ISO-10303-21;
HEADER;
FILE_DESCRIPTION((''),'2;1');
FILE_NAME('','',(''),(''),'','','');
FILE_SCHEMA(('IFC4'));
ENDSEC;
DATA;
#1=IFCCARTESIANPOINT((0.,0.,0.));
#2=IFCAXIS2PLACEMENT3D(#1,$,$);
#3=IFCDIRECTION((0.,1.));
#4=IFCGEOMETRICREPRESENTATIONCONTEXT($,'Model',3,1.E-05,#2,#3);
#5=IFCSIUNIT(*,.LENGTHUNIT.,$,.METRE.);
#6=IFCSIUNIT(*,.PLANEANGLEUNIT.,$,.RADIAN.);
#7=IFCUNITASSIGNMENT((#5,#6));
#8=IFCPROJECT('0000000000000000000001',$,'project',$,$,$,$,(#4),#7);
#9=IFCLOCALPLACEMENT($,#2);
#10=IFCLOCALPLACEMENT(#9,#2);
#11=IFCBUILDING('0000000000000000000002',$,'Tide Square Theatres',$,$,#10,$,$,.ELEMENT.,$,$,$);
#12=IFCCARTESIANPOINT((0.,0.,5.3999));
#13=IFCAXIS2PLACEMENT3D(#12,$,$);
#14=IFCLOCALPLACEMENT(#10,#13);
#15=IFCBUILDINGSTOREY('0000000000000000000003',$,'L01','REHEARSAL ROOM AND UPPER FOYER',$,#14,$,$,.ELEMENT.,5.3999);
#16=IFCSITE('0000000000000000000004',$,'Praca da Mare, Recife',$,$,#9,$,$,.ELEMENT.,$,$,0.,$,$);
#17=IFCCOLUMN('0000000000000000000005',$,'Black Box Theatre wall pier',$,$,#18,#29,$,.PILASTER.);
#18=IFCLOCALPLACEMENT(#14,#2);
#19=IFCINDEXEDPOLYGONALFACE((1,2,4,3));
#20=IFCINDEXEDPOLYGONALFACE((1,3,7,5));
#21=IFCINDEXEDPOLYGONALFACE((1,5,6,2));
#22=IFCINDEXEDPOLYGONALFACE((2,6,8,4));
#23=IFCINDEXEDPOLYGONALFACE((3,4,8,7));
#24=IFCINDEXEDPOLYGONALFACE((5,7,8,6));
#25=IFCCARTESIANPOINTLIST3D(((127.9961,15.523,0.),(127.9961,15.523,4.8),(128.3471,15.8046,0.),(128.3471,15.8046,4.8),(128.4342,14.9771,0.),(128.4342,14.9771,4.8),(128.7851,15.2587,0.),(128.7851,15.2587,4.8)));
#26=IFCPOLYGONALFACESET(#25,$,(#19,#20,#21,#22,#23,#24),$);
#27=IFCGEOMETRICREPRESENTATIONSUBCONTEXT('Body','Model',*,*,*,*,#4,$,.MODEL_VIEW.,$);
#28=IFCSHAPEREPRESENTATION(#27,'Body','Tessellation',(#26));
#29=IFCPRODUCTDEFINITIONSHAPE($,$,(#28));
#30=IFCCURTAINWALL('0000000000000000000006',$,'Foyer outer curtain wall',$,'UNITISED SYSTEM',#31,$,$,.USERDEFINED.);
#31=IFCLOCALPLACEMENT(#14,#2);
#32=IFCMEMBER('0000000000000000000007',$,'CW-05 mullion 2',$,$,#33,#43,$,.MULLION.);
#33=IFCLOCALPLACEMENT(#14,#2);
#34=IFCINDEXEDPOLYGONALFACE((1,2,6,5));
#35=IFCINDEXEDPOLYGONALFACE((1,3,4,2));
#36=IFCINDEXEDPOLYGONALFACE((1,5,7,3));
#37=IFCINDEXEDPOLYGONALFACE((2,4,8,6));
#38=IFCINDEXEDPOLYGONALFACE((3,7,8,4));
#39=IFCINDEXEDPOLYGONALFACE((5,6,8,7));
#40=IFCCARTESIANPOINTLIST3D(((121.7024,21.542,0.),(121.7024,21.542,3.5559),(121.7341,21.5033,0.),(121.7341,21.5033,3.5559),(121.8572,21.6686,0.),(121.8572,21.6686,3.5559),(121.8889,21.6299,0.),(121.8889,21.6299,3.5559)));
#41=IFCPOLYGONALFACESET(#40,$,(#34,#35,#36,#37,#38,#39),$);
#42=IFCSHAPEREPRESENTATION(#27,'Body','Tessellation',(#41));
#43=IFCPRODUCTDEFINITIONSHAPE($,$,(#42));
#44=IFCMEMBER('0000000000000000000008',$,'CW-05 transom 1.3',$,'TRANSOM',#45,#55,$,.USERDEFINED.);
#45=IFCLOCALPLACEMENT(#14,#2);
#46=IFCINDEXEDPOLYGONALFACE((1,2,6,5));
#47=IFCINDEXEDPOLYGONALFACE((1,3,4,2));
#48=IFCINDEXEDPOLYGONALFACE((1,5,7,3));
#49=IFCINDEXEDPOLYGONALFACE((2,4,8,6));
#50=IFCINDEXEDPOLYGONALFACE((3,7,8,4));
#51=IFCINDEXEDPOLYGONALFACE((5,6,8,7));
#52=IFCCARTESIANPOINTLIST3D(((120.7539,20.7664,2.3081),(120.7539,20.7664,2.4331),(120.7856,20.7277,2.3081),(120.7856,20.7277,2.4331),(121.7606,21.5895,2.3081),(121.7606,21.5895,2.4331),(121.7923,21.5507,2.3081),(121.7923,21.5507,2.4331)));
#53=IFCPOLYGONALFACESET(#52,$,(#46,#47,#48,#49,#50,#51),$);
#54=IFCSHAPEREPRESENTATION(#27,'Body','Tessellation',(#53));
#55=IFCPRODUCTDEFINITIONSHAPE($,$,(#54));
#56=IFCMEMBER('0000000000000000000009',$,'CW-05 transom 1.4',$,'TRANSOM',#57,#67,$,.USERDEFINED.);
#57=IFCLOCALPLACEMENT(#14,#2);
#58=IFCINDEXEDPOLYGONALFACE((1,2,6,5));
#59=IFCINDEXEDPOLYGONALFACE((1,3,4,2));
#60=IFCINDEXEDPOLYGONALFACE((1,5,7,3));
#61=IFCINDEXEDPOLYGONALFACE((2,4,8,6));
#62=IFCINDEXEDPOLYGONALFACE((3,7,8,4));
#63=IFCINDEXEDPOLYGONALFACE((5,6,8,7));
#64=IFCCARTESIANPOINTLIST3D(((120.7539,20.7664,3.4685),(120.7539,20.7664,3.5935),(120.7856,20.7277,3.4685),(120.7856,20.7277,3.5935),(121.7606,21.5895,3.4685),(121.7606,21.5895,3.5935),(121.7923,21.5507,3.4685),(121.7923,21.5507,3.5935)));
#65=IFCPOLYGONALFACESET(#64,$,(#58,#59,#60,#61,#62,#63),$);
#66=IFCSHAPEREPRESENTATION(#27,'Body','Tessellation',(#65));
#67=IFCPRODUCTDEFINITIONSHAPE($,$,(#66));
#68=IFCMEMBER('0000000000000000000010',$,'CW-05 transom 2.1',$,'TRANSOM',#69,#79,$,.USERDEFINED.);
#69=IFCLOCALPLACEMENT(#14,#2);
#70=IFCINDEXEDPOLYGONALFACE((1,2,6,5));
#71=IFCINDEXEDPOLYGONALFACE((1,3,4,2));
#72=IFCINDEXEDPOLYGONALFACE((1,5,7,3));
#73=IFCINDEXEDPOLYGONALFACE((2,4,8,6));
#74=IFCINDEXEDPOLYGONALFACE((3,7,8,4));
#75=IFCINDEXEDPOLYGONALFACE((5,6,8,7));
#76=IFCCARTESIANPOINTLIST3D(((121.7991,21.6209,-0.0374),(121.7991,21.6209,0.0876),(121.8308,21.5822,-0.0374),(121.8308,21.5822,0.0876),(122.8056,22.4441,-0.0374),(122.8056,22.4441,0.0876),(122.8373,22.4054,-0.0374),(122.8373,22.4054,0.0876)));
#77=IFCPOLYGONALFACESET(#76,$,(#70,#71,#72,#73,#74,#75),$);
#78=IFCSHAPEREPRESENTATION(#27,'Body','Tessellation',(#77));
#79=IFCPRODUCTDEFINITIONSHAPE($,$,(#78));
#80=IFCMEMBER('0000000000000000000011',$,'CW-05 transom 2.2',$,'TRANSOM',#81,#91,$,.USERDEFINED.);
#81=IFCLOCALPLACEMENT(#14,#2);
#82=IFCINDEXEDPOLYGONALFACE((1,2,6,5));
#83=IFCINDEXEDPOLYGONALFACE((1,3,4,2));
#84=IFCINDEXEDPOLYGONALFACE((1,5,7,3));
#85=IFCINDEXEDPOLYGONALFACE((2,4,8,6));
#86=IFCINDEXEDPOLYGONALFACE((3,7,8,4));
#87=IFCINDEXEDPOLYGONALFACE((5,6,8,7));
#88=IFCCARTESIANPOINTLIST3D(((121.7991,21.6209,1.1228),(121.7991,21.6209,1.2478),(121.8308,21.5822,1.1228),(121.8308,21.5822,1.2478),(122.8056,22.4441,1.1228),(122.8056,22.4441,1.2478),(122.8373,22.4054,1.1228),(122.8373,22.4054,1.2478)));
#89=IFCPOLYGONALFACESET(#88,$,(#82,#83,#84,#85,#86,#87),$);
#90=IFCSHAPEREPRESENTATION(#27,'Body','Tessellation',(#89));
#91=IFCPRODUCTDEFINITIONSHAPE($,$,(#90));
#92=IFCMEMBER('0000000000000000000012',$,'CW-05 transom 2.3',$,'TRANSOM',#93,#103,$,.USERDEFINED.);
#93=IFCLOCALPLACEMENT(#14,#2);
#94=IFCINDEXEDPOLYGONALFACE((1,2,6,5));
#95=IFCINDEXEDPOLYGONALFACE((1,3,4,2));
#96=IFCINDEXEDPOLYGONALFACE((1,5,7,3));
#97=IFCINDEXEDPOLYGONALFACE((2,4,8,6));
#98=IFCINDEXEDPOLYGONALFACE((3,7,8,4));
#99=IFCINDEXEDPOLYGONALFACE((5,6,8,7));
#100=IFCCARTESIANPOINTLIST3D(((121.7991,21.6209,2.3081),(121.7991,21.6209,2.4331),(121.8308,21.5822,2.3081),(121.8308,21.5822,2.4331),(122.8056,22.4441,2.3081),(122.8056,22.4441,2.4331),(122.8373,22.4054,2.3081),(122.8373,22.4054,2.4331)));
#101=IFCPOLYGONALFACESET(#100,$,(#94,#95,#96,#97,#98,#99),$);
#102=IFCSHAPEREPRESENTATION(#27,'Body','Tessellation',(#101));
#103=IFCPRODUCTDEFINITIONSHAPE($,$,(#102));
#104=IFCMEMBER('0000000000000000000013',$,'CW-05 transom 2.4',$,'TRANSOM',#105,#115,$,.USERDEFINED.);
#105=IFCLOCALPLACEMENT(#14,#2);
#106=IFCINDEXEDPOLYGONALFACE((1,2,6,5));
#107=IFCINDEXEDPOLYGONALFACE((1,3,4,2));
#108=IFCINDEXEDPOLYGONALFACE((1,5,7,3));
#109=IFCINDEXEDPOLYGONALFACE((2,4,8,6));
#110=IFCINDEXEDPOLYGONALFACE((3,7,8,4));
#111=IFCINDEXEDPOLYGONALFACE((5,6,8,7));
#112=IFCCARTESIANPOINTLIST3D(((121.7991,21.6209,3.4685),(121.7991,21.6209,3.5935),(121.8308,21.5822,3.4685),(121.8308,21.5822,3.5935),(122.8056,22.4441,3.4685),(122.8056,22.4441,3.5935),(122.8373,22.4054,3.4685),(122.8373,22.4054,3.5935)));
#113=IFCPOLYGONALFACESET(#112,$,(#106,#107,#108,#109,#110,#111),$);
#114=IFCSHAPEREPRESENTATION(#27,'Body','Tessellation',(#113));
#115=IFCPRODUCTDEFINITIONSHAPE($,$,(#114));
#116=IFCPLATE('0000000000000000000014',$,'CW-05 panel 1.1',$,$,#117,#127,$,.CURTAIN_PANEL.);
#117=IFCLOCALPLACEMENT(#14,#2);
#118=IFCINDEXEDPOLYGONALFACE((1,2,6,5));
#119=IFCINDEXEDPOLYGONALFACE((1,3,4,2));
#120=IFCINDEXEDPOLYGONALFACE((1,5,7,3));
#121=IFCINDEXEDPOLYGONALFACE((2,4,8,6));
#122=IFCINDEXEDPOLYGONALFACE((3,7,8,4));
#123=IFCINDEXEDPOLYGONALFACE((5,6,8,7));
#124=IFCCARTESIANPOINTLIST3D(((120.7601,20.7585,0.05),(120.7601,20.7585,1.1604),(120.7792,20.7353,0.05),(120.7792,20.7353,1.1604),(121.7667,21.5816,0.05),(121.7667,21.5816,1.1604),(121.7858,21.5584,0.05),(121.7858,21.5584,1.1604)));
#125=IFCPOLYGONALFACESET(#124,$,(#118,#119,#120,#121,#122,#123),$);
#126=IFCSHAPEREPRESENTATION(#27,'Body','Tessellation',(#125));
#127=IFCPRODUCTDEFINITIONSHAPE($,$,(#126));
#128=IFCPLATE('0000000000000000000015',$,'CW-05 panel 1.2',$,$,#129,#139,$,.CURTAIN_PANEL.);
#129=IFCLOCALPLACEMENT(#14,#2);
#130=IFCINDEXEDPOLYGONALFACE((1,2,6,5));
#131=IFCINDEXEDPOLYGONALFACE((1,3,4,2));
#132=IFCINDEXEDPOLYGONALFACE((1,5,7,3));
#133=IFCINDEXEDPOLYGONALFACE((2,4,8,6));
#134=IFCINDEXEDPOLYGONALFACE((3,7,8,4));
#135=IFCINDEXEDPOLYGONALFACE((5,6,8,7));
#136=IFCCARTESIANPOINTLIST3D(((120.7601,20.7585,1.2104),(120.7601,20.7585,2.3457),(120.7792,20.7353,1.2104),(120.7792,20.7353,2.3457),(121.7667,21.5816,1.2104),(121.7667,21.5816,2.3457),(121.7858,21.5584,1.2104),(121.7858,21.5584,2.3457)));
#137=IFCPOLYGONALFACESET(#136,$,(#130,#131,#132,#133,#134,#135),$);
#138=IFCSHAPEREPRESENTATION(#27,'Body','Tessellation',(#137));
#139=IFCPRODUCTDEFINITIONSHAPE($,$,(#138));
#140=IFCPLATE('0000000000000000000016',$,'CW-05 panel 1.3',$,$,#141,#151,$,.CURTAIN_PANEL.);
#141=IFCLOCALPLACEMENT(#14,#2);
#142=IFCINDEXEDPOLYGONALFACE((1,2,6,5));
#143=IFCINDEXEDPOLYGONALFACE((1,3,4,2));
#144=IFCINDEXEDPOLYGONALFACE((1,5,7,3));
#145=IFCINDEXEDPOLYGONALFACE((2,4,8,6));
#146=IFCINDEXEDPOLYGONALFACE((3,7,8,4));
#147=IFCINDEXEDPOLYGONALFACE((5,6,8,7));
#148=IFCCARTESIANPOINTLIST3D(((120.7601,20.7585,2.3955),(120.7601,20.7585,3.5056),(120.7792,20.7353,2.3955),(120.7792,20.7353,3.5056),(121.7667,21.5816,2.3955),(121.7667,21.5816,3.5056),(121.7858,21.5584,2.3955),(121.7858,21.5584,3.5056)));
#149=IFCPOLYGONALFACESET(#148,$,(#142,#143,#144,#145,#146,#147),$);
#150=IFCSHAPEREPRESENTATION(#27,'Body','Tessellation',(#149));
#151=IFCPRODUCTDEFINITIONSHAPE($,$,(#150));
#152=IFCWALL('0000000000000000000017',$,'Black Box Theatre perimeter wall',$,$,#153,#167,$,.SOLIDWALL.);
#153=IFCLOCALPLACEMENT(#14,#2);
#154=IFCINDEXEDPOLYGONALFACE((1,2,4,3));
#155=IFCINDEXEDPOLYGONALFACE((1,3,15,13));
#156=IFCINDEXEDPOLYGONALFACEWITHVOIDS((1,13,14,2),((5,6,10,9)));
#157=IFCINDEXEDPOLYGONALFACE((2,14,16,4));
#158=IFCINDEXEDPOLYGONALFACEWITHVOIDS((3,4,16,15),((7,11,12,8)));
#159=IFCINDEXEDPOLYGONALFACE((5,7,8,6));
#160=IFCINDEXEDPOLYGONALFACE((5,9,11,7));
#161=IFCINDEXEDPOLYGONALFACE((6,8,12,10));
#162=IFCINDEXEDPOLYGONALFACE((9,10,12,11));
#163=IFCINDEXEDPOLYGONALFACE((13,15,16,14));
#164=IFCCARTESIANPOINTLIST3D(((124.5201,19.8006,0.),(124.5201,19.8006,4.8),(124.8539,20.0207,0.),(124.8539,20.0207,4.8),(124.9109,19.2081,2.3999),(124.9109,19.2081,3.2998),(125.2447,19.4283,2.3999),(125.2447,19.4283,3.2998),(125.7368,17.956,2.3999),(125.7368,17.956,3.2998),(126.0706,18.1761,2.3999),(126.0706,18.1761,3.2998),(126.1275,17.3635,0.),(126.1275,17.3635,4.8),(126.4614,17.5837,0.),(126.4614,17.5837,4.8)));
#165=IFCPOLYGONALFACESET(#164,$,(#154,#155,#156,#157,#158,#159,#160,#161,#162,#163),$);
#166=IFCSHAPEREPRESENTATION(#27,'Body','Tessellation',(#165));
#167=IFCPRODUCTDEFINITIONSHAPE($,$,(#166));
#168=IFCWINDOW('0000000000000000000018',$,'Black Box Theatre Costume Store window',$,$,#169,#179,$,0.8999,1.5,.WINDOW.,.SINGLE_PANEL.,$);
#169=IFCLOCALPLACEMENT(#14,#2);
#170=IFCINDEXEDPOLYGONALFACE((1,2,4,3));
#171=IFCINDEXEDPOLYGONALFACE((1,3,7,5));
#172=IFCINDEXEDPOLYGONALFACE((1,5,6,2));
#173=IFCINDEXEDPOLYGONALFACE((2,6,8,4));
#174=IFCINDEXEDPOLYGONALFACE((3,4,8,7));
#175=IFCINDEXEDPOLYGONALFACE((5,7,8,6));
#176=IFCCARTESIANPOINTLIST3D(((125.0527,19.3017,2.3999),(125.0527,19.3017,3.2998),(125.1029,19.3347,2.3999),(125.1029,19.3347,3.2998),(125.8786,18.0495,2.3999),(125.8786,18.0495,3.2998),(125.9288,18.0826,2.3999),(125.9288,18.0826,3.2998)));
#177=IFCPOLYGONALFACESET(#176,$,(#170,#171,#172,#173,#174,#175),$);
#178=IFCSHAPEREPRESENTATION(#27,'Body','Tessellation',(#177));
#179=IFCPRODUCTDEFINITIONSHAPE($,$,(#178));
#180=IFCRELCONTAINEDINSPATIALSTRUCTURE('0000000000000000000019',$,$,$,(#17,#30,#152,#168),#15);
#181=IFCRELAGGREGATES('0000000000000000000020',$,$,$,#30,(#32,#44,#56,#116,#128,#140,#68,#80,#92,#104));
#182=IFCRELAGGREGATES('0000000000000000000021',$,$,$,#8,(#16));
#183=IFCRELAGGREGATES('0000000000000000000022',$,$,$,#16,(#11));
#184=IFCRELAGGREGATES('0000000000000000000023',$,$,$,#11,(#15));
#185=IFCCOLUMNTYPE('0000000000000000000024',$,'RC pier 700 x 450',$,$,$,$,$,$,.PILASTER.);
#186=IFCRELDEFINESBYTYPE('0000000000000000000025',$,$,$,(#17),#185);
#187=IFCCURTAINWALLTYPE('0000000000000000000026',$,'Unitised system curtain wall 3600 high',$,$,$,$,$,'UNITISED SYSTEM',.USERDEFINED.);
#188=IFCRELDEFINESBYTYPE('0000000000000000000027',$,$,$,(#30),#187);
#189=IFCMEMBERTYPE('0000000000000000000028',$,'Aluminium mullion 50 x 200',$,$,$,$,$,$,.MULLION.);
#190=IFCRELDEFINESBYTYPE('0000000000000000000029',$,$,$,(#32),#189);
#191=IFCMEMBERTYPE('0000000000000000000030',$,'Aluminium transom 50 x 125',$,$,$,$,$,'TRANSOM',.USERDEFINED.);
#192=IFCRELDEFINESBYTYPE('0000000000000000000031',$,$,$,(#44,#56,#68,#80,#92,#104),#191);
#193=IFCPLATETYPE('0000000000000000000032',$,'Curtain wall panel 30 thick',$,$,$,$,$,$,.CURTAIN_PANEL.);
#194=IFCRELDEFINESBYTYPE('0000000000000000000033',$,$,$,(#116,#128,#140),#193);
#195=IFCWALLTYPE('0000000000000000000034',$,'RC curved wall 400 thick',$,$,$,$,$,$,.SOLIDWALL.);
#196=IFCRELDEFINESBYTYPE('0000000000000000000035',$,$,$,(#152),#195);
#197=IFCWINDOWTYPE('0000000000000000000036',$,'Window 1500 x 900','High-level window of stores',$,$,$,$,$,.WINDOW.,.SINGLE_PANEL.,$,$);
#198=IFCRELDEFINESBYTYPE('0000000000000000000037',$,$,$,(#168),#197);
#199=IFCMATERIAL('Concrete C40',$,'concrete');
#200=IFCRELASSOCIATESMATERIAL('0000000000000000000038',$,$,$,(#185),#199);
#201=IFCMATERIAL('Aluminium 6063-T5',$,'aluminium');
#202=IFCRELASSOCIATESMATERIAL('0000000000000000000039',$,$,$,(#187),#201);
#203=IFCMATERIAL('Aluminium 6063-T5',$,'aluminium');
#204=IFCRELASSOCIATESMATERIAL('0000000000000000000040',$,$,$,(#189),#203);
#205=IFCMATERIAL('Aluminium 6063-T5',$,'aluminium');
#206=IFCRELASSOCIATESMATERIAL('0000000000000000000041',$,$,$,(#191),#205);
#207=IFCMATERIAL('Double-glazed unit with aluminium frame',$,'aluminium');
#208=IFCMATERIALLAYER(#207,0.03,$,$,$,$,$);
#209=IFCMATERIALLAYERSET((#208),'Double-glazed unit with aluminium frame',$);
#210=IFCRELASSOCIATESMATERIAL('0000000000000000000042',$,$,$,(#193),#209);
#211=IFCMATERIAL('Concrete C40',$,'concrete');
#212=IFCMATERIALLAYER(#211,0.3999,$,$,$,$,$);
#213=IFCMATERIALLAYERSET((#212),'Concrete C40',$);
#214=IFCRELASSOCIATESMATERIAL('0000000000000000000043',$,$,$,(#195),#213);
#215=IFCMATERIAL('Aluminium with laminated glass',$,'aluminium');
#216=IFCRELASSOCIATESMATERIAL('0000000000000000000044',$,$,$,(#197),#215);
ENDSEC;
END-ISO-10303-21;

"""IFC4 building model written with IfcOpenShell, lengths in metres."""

from ifc_helpers import new_model, si_unit, direction, frame, frame_2d, origin, origin_2d, place, context, subcontext, project, spatial, rectangle, extrude, material, layer, layer_set, material_profile, profile_set, type_object, element, fill, aggregate, save


model = new_model("IFC4")

# Units and contexts
model_context = context("Model", 3, precision=1e-05, world=origin(), true_north=direction((0.0, 1.0)))
body_context = subcontext(model_context, "Body", "Model", "MODEL_VIEW")
ifc_project = project(units=[si_unit("LENGTHUNIT", "METRE"), si_unit("PLANEANGLEUNIT", "RADIAN")], contexts=[model_context])

# Site, building, storey
site_placement = place(None, origin())
site = spatial("IfcSite", under=ifc_project, at=site_placement, Name="Praca da Mare, Recife", CompositionType="ELEMENT", RefElevation=0.0)
building_placement = place(site_placement, origin())
building = spatial("IfcBuilding", under=site, at=building_placement, Name="Tide Square Theatres", CompositionType="ELEMENT")
storey_placement = place(building_placement, frame((0.0, 0.0, 5.3999)))
storey = spatial("IfcBuildingStorey", under=building, at=storey_placement, Name="L01", Description="REHEARSAL ROOM AND UPPER FOYER", CompositionType="ELEMENT", Elevation=5.3999)

# Column
ifc_material_1 = material(Name="Concrete C40", Category="concrete")
ifc_material_profile_1 = material_profile(ifc_material_1, rectangle(XDim=0.7, YDim=0.45, at=origin_2d()))
ifc_profile_set_1 = profile_set([ifc_material_profile_1], Name="Concrete C40")
column_type = type_object("IfcColumnType", Name="RC pier 700 x 450", PredefinedType="PILASTER", material=ifc_profile_set_1)
column_placement = place(storey_placement, frame((128.3906, 15.3909, 0.0), z_axis=(0.0, 0.0, 1.0), x_axis=(0.625819, -0.779968, 0.0)))
element("IfcColumn", 1, at=column_placement, inside=storey, type_object=column_type, Name="Black Box Theatre wall pier", PredefinedType="PILASTER", context=body_context, shape_type="SweptSolid", body=[
    extrude(rectangle(XDim=0.7, YDim=0.45, at=origin_2d()), origin(), (0.0, 0.0, 1.0), 4.8),
])

# Curtain wall, members, plates
ifc_material_2 = material(Name="Aluminium 6063-T5", Category="aluminium")
curtain_wall_type = type_object("IfcCurtainWallType", Name="Unitised system curtain wall 3600 high", ElementType="UNITISED SYSTEM", PredefinedType="USERDEFINED", material=ifc_material_2)
curtain_wall_placement = place(storey_placement, origin())
curtain_wall = element("IfcCurtainWall", 2, at=curtain_wall_placement, inside=storey, type_object=curtain_wall_type, Name="Foyer outer curtain wall", ObjectType="UNITISED SYSTEM", PredefinedType="USERDEFINED")
ifc_material_3 = material(Name="Aluminium 6063-T5", Category="aluminium")
ifc_material_profile_2 = material_profile(ifc_material_3, rectangle(XDim=0.05, YDim=0.2, at=origin_2d()))
ifc_profile_set_2 = profile_set([ifc_material_profile_2], Name="Aluminium 6063-T5")
member_type_1 = type_object("IfcMemberType", Name="Aluminium mullion 50 x 200", PredefinedType="MULLION", material=ifc_profile_set_2)
member_1_placement = place(storey_placement, frame((121.7957, 21.5859, 0.0), z_axis=(0.0, 0.0, 1.0), x_axis=(-0.633026, 0.774131, 0.0)))
member_1 = element("IfcMember", 3, at=member_1_placement, type_object=member_type_1, Name="CW-05 mullion 2", PredefinedType="MULLION", context=body_context, shape_type="SweptSolid", body=[
    extrude(rectangle(XDim=0.05, YDim=0.2, at=origin_2d()), origin(), (0.0, 0.0, 1.0), 3.5559),
])
ifc_material_4 = material(Name="Aluminium 6063-T5", Category="aluminium")
ifc_material_profile_3 = material_profile(ifc_material_4, rectangle(XDim=0.05, YDim=0.125, at=origin_2d()))
ifc_profile_set_3 = profile_set([ifc_material_profile_3], Name="Aluminium 6063-T5")
member_type_2 = type_object("IfcMemberType", Name="Aluminium transom 50 x 125", ElementType="TRANSOM", PredefinedType="USERDEFINED", material=ifc_profile_set_3)
member_2_placement = place(storey_placement, frame((120.7698, 20.7471, 2.3706), z_axis=(0.774175, 0.632972, 0.0), x_axis=(-0.632972, 0.774175, 0.0)))
member_2 = element("IfcMember", 4, at=member_2_placement, type_object=member_type_2, Name="CW-05 transom 1.3", ObjectType="TRANSOM", PredefinedType="USERDEFINED", context=body_context, shape_type="SweptSolid", body=[
    extrude(rectangle(XDim=0.05, YDim=0.125, at=origin_2d()), origin(), (0.0, 0.0, 1.0), 1.3003),
])
member_3_placement = place(storey_placement, frame((120.7698, 20.7471, 3.531), z_axis=(0.774175, 0.632972, 0.0), x_axis=(-0.632972, 0.774175, 0.0)))
member_3 = element("IfcMember", 5, at=member_3_placement, type_object=member_type_2, Name="CW-05 transom 1.4", ObjectType="TRANSOM", PredefinedType="USERDEFINED", context=body_context, shape_type="SweptSolid", body=[
    extrude(rectangle(XDim=0.05, YDim=0.125, at=origin_2d()), origin(), (0.0, 0.0, 1.0), 1.3003),
])
member_4_placement = place(storey_placement, frame((121.8149, 21.6016, 0.0251), z_axis=(0.774083, 0.633084, 0.0), x_axis=(-0.633084, 0.774083, 0.0)))
member_4 = element("IfcMember", 6, at=member_4_placement, type_object=member_type_2, Name="CW-05 transom 2.1", ObjectType="TRANSOM", PredefinedType="USERDEFINED", context=body_context, shape_type="SweptSolid", body=[
    extrude(rectangle(XDim=0.05, YDim=0.125, at=origin_2d()), origin(), (0.0, 0.0, 1.0), 1.3003),
])
member_5_placement = place(storey_placement, frame((121.8149, 21.6016, 1.1853), z_axis=(0.774083, 0.633084, 0.0), x_axis=(-0.633084, 0.774083, 0.0)))
member_5 = element("IfcMember", 7, at=member_5_placement, type_object=member_type_2, Name="CW-05 transom 2.2", ObjectType="TRANSOM", PredefinedType="USERDEFINED", context=body_context, shape_type="SweptSolid", body=[
    extrude(rectangle(XDim=0.05, YDim=0.125, at=origin_2d()), origin(), (0.0, 0.0, 1.0), 1.3003),
])
member_6_placement = place(storey_placement, frame((121.8149, 21.6016, 2.3706), z_axis=(0.774083, 0.633084, 0.0), x_axis=(-0.633084, 0.774083, 0.0)))
member_6 = element("IfcMember", 8, at=member_6_placement, type_object=member_type_2, Name="CW-05 transom 2.3", ObjectType="TRANSOM", PredefinedType="USERDEFINED", context=body_context, shape_type="SweptSolid", body=[
    extrude(rectangle(XDim=0.05, YDim=0.125, at=origin_2d()), origin(), (0.0, 0.0, 1.0), 1.3003),
])
member_7_placement = place(storey_placement, frame((121.8149, 21.6016, 3.531), z_axis=(0.774083, 0.633084, 0.0), x_axis=(-0.633084, 0.774083, 0.0)))
member_7 = element("IfcMember", 9, at=member_7_placement, type_object=member_type_2, Name="CW-05 transom 2.4", ObjectType="TRANSOM", PredefinedType="USERDEFINED", context=body_context, shape_type="SweptSolid", body=[
    extrude(rectangle(XDim=0.05, YDim=0.125, at=origin_2d()), origin(), (0.0, 0.0, 1.0), 1.3003),
])
ifc_material_5 = material(Name="Double-glazed unit with aluminium frame", Category="aluminium")
ifc_layer_1 = layer(ifc_material_5, 0.03)
ifc_layer_set_1 = layer_set([ifc_layer_1], Name="Double-glazed unit with aluminium frame")
plate_type = type_object("IfcPlateType", Name="Curtain wall panel 30 thick", PredefinedType="CURTAIN_PANEL", material=ifc_layer_set_1)
plate_1_placement = place(storey_placement, frame((121.2729, 21.1584, 0.05), z_axis=(0.0, 0.0, 1.0), x_axis=(0.774131, 0.633026, 0.0)))
plate_1 = element("IfcPlate", 10, at=plate_1_placement, type_object=plate_type, Name="CW-05 panel 1.1", PredefinedType="CURTAIN_PANEL", context=body_context, shape_type="SweptSolid", body=[
    extrude(rectangle(XDim=1.3003, YDim=0.03, at=origin_2d()), origin(), (0.0, 0.0, 1.0), 1.1104),
])
plate_2_placement = place(storey_placement, frame((121.2729, 21.1584, 1.2104), z_axis=(0.0, 0.0, 1.0), x_axis=(0.774131, 0.633026, 0.0)))
plate_2 = element("IfcPlate", 11, at=plate_2_placement, type_object=plate_type, Name="CW-05 panel 1.2", PredefinedType="CURTAIN_PANEL", context=body_context, shape_type="SweptSolid", body=[
    extrude(rectangle(XDim=1.3003, YDim=0.03, at=origin_2d()), origin(), (0.0, 0.0, 1.0), 1.1353),
])
plate_3_placement = place(storey_placement, frame((121.2729, 21.1584, 2.3955), z_axis=(0.0, 0.0, 1.0), x_axis=(0.774131, 0.633026, 0.0)))
plate_3 = element("IfcPlate", 12, at=plate_3_placement, type_object=plate_type, Name="CW-05 panel 1.3", PredefinedType="CURTAIN_PANEL", context=body_context, shape_type="SweptSolid", body=[
    extrude(rectangle(XDim=1.3003, YDim=0.03, at=origin_2d()), origin(), (0.0, 0.0, 1.0), 1.1101),
])
aggregate(curtain_wall, [member_1, member_2, member_3, plate_1, plate_2, plate_3, member_4, member_5, member_6, member_7])

# Wall, opening, window
ifc_material_6 = material(Name="Concrete C40", Category="concrete")
ifc_layer_2 = layer(ifc_material_6, 0.3999)
ifc_layer_set_2 = layer_set([ifc_layer_2], Name="Concrete C40")
wall_type = type_object("IfcWallType", Name="RC curved wall 400 thick", PredefinedType="SOLIDWALL", material=ifc_layer_set_2)
wall_1_placement = place(storey_placement, frame((124.687, 19.9106, 0.0), z_axis=(0.0, 0.0, 1.0), x_axis=(0.550602, -0.834768, 0.0)))
wall_1 = element("IfcWall", 13, at=wall_1_placement, inside=storey, type_object=wall_type, Name="Black Box Theatre perimeter wall", PredefinedType="SOLIDWALL", context=body_context, shape_type="SweptSolid", body=[
    extrude(rectangle(XDim=2.9194, YDim=0.3999, at=frame_2d((1.4597, 0.0))), origin(), (0.0, 0.0, 1.0), 4.8),
])
opening_1_placement = place(wall_1_placement, frame((0.7097, 0.0, 2.3999)))
opening_1 = element("IfcOpeningElement", 14, at=opening_1_placement, cuts=wall_1, PredefinedType="OPENING", context=body_context, shape_type="SweptSolid", body=[
    extrude(rectangle(XDim=1.5, YDim=0.8999, at=frame_2d((0.75, 0.45))), frame((0.0, 0.21, 0.0), z_axis=(0.0, -1.0, 0.0), x_axis=(1.0, 0.0, 0.0)), (0.0, 0.0, 1.0), 0.4199),
])
ifc_material_7 = material(Name="Aluminium with laminated glass", Category="aluminium")
window_type = type_object("IfcWindowType", Name="Window 1500 x 900", Description="High-level window of stores", PartitioningType="SINGLE_PANEL", PredefinedType="WINDOW", material=ifc_material_7)
window_1_placement = place(opening_1_placement, origin())
window_1 = element("IfcWindow", 15, at=window_1_placement, inside=storey, type_object=window_type, Name="Black Box Theatre Costume Store window", OverallHeight=0.8999, OverallWidth=1.5, PartitioningType="SINGLE_PANEL", PredefinedType="WINDOW", context=body_context, shape_type="SweptSolid", body=[
    extrude(rectangle(XDim=1.5, YDim=0.8999, at=frame_2d((0.75, 0.45))), frame((0.0, 0.03, 0.0), z_axis=(0.0, -1.0, 0.0), x_axis=(1.0, 0.0, 0.0)), (0.0, 0.0, 1.0), 0.0601),
])
fill(opening_1, window_1)

save(model, "model.ifc")
